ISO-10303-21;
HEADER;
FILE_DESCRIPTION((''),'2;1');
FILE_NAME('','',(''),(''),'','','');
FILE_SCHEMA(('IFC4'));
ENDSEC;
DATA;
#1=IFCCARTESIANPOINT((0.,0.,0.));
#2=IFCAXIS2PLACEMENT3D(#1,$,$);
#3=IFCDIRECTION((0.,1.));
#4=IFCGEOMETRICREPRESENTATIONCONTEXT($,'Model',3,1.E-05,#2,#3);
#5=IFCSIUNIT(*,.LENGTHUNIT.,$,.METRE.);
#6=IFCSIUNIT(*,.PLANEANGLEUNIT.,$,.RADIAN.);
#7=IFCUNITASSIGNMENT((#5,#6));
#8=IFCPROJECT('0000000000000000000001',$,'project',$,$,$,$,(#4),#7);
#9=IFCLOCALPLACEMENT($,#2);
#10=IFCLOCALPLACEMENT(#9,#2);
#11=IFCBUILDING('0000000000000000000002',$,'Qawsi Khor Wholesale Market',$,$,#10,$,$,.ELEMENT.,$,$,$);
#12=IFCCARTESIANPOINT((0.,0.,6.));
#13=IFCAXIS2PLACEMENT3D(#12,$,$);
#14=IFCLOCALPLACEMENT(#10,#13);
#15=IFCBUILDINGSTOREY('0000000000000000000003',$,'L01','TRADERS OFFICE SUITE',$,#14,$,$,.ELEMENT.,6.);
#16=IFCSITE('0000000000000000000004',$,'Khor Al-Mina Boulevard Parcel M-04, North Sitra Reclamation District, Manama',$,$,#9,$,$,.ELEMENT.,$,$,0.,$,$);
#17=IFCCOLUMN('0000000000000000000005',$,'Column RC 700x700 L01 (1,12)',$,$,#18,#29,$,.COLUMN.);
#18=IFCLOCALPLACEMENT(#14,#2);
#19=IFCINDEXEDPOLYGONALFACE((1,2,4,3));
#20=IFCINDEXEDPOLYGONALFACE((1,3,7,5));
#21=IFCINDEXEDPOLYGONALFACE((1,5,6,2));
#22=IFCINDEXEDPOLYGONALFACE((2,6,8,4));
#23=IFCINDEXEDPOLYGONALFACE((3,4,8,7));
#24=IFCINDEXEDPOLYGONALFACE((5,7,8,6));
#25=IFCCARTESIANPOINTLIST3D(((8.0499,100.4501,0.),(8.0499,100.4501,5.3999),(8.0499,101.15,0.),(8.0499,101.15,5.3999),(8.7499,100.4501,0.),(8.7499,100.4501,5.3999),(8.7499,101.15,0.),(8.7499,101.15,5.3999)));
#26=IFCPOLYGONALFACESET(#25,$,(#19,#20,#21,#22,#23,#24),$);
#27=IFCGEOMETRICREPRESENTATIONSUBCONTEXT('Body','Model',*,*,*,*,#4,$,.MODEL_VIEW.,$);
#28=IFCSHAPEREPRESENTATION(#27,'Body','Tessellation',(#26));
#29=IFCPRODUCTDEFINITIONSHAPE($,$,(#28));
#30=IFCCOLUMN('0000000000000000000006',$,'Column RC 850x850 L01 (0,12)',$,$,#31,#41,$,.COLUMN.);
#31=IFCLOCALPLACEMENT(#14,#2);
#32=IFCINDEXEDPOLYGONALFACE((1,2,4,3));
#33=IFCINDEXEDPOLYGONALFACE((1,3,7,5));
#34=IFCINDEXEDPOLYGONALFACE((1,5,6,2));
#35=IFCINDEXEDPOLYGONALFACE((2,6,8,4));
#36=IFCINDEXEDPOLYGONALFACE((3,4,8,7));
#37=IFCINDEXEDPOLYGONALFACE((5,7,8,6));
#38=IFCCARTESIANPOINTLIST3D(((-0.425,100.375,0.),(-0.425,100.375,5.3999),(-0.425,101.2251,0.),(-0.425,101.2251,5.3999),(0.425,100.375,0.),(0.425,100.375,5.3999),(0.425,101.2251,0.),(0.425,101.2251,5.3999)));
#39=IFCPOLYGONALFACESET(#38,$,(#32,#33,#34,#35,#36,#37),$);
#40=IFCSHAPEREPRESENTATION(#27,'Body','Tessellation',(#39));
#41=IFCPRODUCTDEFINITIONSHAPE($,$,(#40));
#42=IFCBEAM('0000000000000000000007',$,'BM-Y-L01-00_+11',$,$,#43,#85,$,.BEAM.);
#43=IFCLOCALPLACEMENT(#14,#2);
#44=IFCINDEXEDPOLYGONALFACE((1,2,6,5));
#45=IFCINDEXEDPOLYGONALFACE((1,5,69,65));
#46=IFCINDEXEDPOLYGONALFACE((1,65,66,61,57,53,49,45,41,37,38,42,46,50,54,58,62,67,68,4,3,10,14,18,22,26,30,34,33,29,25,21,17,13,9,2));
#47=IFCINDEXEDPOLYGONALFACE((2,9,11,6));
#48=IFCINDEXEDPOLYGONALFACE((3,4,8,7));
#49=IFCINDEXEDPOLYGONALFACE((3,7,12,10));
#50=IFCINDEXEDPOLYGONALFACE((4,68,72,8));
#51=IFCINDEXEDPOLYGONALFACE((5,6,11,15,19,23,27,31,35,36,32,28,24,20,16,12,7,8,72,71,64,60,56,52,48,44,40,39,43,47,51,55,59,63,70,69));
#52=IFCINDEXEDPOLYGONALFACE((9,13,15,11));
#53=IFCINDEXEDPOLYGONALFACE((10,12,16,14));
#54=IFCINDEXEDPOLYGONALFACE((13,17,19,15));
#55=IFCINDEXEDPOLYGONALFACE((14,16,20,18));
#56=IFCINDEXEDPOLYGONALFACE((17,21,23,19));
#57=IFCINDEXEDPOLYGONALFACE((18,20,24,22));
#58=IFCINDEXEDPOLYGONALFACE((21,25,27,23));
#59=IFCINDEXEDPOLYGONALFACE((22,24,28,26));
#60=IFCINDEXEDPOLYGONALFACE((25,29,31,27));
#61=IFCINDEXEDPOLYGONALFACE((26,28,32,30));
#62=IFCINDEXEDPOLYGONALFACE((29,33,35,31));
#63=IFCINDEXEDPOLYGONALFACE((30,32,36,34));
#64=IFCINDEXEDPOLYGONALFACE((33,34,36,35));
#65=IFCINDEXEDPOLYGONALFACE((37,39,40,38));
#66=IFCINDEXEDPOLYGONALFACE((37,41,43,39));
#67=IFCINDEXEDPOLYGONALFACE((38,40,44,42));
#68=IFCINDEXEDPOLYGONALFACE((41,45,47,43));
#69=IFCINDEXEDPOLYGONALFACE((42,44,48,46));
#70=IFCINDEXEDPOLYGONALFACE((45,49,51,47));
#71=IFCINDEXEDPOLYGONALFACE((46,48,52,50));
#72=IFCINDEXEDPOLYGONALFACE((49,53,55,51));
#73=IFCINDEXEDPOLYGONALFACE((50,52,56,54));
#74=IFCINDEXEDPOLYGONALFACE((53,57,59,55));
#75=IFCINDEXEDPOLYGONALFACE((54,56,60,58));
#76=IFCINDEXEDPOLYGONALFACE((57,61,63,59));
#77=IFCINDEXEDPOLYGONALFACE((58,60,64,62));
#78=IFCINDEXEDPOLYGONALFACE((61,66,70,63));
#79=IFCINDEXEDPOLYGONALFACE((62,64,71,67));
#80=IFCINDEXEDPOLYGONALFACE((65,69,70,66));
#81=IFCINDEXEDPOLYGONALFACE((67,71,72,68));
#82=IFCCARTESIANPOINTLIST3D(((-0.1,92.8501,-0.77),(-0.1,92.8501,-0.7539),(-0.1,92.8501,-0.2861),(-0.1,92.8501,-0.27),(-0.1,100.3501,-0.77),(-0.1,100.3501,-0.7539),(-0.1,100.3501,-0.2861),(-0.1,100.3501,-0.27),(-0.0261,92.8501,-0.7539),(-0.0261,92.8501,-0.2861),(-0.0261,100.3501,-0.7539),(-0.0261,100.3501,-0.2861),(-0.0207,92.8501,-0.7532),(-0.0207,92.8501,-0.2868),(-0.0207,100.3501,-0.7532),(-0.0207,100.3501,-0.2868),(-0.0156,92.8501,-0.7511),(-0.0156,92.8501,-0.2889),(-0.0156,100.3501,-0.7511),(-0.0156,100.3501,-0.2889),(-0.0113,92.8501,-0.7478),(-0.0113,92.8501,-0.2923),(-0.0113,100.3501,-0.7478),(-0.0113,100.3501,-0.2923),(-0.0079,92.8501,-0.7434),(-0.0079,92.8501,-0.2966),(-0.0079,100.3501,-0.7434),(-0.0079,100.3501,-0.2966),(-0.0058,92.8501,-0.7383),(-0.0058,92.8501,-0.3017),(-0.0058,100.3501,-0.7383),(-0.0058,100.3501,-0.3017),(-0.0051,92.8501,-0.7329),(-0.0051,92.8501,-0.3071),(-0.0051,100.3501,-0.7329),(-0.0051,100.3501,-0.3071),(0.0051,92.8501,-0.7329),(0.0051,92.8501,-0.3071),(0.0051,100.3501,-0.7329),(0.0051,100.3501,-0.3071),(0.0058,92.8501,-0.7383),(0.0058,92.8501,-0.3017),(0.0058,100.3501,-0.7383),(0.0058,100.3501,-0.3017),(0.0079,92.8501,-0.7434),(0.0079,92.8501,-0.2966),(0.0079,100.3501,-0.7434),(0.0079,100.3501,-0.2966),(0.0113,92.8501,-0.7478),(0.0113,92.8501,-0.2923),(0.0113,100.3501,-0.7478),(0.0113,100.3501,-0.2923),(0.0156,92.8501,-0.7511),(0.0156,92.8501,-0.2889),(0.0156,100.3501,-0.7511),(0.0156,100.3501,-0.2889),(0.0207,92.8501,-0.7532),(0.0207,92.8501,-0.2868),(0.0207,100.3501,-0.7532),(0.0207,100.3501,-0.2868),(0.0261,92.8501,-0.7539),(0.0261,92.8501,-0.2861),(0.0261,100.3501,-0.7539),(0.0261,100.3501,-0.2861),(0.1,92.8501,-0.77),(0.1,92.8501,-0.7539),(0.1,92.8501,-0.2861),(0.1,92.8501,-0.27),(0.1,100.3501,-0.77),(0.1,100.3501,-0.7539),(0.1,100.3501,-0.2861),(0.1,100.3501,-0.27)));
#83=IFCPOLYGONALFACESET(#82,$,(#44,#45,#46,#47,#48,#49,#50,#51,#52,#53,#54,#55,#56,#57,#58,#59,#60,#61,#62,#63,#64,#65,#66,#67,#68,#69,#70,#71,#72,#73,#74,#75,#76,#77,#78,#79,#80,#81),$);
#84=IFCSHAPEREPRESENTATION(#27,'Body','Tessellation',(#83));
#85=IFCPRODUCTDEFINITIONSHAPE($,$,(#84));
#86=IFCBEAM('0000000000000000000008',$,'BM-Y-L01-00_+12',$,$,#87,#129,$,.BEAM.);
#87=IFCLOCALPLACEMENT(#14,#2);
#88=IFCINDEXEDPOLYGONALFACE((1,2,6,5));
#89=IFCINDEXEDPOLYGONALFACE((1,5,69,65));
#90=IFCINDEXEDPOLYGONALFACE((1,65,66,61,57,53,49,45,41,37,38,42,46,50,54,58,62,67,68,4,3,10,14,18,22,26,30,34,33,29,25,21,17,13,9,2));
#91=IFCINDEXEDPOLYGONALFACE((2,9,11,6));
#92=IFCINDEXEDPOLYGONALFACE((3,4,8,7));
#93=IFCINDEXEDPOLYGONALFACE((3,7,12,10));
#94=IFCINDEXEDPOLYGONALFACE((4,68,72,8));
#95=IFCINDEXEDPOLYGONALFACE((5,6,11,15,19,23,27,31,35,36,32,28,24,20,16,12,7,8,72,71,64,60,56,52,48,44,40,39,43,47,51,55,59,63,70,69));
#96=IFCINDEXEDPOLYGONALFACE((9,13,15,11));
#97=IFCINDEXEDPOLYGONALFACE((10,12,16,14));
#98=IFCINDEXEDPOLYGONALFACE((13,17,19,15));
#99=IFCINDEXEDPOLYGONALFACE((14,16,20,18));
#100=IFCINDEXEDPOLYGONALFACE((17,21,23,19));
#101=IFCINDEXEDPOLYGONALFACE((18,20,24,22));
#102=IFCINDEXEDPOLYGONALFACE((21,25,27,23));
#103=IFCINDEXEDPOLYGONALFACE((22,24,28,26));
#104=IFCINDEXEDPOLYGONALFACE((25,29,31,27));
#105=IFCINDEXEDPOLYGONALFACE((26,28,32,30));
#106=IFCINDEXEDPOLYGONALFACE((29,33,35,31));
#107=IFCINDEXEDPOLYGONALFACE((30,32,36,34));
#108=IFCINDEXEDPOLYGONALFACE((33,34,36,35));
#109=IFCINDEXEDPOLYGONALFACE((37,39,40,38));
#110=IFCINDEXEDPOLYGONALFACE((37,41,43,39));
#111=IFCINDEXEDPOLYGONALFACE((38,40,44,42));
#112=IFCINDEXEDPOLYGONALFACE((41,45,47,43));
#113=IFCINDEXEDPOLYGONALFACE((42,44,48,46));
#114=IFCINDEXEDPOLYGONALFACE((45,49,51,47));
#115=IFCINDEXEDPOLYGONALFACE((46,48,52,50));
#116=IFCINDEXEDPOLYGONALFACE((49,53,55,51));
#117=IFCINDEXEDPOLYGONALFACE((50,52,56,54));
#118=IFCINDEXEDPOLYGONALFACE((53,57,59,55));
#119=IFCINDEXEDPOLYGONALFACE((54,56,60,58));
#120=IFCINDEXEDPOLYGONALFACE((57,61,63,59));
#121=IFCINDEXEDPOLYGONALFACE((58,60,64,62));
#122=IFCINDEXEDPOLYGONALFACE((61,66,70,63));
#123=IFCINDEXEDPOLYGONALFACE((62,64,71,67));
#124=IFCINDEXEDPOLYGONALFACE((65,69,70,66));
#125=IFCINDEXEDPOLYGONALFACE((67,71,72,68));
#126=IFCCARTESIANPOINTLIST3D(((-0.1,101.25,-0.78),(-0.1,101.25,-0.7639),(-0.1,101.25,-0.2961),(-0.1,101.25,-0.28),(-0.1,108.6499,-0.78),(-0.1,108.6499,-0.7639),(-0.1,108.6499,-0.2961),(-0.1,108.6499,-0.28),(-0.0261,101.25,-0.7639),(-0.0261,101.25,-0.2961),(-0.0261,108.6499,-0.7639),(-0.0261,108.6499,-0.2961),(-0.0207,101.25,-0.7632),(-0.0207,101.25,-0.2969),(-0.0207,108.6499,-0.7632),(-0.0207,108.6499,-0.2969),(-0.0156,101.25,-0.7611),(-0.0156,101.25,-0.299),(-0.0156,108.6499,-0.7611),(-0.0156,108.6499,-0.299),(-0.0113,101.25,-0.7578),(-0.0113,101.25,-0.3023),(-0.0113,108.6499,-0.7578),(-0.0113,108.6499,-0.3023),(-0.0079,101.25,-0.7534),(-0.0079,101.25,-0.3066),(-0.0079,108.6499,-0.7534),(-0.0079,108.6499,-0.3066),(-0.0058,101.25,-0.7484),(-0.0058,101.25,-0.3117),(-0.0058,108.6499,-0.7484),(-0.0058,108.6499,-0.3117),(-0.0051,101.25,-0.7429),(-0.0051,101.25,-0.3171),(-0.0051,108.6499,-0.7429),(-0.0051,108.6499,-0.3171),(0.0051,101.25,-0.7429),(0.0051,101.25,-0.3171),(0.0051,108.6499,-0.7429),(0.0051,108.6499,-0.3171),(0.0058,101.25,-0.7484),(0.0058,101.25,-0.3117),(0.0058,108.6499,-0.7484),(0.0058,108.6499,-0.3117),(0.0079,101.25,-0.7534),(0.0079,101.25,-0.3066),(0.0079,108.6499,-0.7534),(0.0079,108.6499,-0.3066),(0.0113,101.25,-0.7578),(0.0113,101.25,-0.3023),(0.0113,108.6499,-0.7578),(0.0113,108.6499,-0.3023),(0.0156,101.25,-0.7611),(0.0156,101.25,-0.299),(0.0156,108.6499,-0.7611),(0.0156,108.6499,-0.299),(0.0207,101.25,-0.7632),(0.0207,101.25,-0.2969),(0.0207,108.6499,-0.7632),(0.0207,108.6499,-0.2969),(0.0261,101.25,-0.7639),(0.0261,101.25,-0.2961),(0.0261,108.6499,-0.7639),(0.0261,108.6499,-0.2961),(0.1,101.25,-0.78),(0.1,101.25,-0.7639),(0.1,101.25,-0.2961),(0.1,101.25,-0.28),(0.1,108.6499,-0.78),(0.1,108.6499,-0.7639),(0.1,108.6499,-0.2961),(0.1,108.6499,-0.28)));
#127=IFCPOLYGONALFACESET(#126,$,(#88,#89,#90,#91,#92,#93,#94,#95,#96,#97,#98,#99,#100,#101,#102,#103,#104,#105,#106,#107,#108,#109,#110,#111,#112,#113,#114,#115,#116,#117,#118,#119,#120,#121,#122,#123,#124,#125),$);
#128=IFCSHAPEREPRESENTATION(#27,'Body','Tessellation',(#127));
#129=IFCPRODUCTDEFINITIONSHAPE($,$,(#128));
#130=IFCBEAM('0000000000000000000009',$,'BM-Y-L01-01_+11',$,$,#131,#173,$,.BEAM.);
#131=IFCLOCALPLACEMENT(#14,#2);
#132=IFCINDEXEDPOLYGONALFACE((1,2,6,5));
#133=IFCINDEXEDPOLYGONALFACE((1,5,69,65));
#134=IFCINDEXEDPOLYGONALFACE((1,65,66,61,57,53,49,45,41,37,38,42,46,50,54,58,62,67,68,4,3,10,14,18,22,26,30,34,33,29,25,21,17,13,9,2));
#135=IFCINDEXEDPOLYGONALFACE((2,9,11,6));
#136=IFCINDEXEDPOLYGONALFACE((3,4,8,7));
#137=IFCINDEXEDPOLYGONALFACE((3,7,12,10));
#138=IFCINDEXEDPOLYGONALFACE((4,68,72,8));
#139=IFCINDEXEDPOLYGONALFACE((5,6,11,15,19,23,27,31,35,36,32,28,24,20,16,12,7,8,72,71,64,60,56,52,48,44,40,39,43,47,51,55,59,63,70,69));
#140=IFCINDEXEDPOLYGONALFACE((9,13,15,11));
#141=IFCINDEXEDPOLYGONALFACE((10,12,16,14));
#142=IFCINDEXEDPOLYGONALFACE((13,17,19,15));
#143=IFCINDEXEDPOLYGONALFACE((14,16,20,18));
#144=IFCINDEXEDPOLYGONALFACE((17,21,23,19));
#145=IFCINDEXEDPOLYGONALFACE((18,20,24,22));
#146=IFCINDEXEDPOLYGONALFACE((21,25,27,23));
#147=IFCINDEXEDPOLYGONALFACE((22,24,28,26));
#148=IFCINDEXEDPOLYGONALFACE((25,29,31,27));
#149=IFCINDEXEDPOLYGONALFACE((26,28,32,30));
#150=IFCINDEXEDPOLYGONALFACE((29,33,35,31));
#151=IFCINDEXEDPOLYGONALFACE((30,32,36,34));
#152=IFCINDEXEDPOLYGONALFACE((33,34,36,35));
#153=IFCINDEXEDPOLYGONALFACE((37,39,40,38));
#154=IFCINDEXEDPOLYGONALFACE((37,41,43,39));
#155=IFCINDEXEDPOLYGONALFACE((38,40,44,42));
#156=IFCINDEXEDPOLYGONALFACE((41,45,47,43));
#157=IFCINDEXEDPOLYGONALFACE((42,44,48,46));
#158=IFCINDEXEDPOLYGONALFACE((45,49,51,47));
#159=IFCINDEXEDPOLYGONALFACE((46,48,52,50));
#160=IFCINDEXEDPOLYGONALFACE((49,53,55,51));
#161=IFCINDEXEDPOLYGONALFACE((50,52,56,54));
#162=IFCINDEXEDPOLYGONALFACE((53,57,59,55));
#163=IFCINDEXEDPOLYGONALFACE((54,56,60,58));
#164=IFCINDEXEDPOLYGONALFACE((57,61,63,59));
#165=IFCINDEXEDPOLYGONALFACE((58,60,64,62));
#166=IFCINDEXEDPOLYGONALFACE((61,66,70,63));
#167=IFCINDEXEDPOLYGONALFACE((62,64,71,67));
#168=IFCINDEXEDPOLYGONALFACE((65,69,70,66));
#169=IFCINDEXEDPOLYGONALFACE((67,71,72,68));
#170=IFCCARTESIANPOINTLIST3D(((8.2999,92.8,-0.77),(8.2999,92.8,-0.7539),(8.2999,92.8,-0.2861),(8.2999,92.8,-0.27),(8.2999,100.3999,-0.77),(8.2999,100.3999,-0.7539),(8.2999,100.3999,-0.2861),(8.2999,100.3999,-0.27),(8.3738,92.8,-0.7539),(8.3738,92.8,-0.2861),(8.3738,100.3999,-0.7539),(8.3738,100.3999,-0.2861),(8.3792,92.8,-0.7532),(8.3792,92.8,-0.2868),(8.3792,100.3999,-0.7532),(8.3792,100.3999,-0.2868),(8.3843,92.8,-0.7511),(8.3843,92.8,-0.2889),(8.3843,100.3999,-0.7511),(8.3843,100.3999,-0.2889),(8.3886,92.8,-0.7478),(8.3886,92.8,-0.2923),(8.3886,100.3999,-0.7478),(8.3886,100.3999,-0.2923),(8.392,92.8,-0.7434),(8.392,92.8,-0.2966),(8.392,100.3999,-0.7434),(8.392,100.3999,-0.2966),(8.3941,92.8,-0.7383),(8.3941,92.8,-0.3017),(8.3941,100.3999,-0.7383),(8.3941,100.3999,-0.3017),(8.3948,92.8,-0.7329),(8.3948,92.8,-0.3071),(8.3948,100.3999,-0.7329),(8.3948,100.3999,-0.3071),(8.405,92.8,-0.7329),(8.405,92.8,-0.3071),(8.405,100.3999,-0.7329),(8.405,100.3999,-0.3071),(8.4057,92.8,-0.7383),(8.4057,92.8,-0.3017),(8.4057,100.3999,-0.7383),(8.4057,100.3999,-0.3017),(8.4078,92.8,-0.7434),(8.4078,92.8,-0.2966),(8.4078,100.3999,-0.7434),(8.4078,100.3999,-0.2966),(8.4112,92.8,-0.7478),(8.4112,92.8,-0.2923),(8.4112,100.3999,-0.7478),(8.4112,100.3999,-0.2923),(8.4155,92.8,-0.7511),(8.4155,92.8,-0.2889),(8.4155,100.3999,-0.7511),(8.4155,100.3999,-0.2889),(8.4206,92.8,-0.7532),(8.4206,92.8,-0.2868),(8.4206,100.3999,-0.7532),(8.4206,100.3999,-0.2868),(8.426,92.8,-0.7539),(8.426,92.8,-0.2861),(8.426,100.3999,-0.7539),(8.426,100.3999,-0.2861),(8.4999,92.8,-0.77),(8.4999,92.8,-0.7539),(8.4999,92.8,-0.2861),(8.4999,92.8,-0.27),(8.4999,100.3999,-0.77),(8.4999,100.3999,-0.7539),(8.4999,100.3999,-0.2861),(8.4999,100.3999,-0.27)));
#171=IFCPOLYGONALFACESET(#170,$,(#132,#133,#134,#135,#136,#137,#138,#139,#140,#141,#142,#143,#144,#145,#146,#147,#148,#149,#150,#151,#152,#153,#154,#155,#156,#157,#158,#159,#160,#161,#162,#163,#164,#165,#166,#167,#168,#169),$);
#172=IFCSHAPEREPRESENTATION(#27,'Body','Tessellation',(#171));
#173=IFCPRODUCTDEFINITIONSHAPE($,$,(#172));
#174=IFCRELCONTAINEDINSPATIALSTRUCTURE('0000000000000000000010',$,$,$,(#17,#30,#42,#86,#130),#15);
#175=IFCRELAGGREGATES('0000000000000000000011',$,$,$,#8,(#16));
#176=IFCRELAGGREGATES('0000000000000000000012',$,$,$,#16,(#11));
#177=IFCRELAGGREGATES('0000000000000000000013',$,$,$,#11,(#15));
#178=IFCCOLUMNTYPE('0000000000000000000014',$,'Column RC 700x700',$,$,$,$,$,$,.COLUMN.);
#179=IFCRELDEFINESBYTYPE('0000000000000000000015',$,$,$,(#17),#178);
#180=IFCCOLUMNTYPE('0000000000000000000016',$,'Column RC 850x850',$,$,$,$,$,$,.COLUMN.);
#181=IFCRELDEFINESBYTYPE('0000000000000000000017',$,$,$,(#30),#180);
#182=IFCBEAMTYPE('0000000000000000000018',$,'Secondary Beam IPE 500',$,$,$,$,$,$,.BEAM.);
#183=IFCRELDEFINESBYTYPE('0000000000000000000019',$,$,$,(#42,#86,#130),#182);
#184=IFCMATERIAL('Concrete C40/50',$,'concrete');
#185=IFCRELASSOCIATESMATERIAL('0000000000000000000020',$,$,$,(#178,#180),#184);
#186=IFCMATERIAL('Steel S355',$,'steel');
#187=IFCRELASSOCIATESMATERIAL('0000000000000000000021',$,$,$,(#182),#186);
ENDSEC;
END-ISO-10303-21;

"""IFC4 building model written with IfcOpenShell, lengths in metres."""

from ifc_helpers import new_model, si_unit, direction, frame, origin, origin_2d, place, context, subcontext, project, spatial, rectangle, i_section, extrude, material, material_profile, profile_set, type_object, element, save


model = new_model("IFC4")

# Units and contexts
model_context = context("Model", 3, precision=1e-05, world=origin(), true_north=direction((0.0, 1.0)))
body_context = subcontext(model_context, "Body", "Model", "MODEL_VIEW")
ifc_project = project(units=[si_unit("LENGTHUNIT", "METRE"), si_unit("PLANEANGLEUNIT", "RADIAN")], contexts=[model_context])

# Site, building, storey
site_placement = place(None, origin())
site = spatial("IfcSite", under=ifc_project, at=site_placement, Name="Khor Al-Mina Boulevard Parcel M-04, North Sitra Reclamation District, Manama", CompositionType="ELEMENT", RefElevation=0.0)
building_placement = place(site_placement, origin())
building = spatial("IfcBuilding", under=site, at=building_placement, Name="Qawsi Khor Wholesale Market", CompositionType="ELEMENT")
storey_placement = place(building_placement, frame((0.0, 0.0, 6.0)))
storey = spatial("IfcBuildingStorey", under=building, at=storey_placement, Name="L01", Description="TRADERS OFFICE SUITE", CompositionType="ELEMENT", Elevation=6.0)

# Columns
ifc_material_1 = material(Name="Concrete C40/50", Category="concrete")
ifc_material_profile_1 = material_profile(ifc_material_1, rectangle(XDim=0.7, YDim=0.7, at=origin_2d()), Name="RC 700x700")
ifc_profile_set_1 = profile_set([ifc_material_profile_1], Name="Concrete C40/50")
column_type_1 = type_object("IfcColumnType", Name="Column RC 700x700", PredefinedType="COLUMN", material=ifc_profile_set_1)
column_1_placement = place(storey_placement, frame((8.3999, 100.8, 0.0), z_axis=(0.0, 0.0, 1.0), x_axis=(1.0, 0.0, 0.0)))
element("IfcColumn", 1, at=column_1_placement, inside=storey, type_object=column_type_1, Name="Column RC 700x700 L01 (1,12)", PredefinedType="COLUMN", context=body_context, shape_type="SweptSolid", body=[
    extrude(rectangle(XDim=0.7, YDim=0.7, at=origin_2d()), origin(), (0.0, 0.0, 1.0), 5.3999),
])
ifc_material_profile_2 = material_profile(ifc_material_1, rectangle(XDim=0.8501, YDim=0.8501, at=origin_2d()), Name="RC 850x850")
ifc_profile_set_2 = profile_set([ifc_material_profile_2], Name="Concrete C40/50")
column_type_2 = type_object("IfcColumnType", Name="Column RC 850x850", PredefinedType="COLUMN", material=ifc_profile_set_2)
column_2_placement = place(storey_placement, frame((0.0, 100.8, 0.0), z_axis=(0.0, 0.0, 1.0), x_axis=(1.0, 0.0, 0.0)))
element("IfcColumn", 2, at=column_2_placement, inside=storey, type_object=column_type_2, Name="Column RC 850x850 L01 (0,12)", PredefinedType="COLUMN", context=body_context, shape_type="SweptSolid", body=[
    extrude(rectangle(XDim=0.8501, YDim=0.8501, at=origin_2d()), origin(), (0.0, 0.0, 1.0), 5.3999),
])

# Beams
ifc_material_2 = material(Name="Steel S355", Category="steel")
ifc_material_profile_3 = material_profile(ifc_material_2, i_section(OverallWidth=0.2, OverallDepth=0.5, WebThickness=0.0103, FlangeThickness=0.0161, FilletRadius=0.021, at=origin_2d()), Name="IPE 500")
ifc_profile_set_3 = profile_set([ifc_material_profile_3], Name="Steel S355")
beam_type = type_object("IfcBeamType", Name="Secondary Beam IPE 500", PredefinedType="BEAM", material=ifc_profile_set_3)
beam_1_placement = place(storey_placement, frame((0.0, 92.8501, -0.52), z_axis=(0.0, 1.0, 0.0), x_axis=(-1.0, 0.0, 0.0)))
element("IfcBeam", 3, at=beam_1_placement, inside=storey, type_object=beam_type, Name="BM-Y-L01-00_+11", PredefinedType="BEAM", context=body_context, shape_type="SweptSolid", body=[
    extrude(i_section(OverallWidth=0.2, OverallDepth=0.5, WebThickness=0.0103, FlangeThickness=0.0161, FilletRadius=0.021, at=origin_2d()), origin(), (0.0, 0.0, 1.0), 7.5),
])
beam_2_placement = place(storey_placement, frame((0.0, 101.25, -0.53), z_axis=(0.0, 1.0, 0.0), x_axis=(-1.0, 0.0, 0.0)))
element("IfcBeam", 4, at=beam_2_placement, inside=storey, type_object=beam_type, Name="BM-Y-L01-00_+12", PredefinedType="BEAM", context=body_context, shape_type="SweptSolid", body=[
    extrude(i_section(OverallWidth=0.2, OverallDepth=0.5, WebThickness=0.0103, FlangeThickness=0.0161, FilletRadius=0.021, at=origin_2d()), origin(), (0.0, 0.0, 1.0), 7.3999),
])
beam_3_placement = place(storey_placement, frame((8.3999, 92.8, -0.52), z_axis=(0.0, 1.0, 0.0), x_axis=(-1.0, 0.0, 0.0)))
element("IfcBeam", 5, at=beam_3_placement, inside=storey, type_object=beam_type, Name="BM-Y-L01-01_+11", PredefinedType="BEAM", context=body_context, shape_type="SweptSolid", body=[
    extrude(i_section(OverallWidth=0.2, OverallDepth=0.5, WebThickness=0.0103, FlangeThickness=0.0161, FilletRadius=0.021, at=origin_2d()), origin(), (0.0, 0.0, 1.0), 7.5999),
])

save(model, "model.ifc")
